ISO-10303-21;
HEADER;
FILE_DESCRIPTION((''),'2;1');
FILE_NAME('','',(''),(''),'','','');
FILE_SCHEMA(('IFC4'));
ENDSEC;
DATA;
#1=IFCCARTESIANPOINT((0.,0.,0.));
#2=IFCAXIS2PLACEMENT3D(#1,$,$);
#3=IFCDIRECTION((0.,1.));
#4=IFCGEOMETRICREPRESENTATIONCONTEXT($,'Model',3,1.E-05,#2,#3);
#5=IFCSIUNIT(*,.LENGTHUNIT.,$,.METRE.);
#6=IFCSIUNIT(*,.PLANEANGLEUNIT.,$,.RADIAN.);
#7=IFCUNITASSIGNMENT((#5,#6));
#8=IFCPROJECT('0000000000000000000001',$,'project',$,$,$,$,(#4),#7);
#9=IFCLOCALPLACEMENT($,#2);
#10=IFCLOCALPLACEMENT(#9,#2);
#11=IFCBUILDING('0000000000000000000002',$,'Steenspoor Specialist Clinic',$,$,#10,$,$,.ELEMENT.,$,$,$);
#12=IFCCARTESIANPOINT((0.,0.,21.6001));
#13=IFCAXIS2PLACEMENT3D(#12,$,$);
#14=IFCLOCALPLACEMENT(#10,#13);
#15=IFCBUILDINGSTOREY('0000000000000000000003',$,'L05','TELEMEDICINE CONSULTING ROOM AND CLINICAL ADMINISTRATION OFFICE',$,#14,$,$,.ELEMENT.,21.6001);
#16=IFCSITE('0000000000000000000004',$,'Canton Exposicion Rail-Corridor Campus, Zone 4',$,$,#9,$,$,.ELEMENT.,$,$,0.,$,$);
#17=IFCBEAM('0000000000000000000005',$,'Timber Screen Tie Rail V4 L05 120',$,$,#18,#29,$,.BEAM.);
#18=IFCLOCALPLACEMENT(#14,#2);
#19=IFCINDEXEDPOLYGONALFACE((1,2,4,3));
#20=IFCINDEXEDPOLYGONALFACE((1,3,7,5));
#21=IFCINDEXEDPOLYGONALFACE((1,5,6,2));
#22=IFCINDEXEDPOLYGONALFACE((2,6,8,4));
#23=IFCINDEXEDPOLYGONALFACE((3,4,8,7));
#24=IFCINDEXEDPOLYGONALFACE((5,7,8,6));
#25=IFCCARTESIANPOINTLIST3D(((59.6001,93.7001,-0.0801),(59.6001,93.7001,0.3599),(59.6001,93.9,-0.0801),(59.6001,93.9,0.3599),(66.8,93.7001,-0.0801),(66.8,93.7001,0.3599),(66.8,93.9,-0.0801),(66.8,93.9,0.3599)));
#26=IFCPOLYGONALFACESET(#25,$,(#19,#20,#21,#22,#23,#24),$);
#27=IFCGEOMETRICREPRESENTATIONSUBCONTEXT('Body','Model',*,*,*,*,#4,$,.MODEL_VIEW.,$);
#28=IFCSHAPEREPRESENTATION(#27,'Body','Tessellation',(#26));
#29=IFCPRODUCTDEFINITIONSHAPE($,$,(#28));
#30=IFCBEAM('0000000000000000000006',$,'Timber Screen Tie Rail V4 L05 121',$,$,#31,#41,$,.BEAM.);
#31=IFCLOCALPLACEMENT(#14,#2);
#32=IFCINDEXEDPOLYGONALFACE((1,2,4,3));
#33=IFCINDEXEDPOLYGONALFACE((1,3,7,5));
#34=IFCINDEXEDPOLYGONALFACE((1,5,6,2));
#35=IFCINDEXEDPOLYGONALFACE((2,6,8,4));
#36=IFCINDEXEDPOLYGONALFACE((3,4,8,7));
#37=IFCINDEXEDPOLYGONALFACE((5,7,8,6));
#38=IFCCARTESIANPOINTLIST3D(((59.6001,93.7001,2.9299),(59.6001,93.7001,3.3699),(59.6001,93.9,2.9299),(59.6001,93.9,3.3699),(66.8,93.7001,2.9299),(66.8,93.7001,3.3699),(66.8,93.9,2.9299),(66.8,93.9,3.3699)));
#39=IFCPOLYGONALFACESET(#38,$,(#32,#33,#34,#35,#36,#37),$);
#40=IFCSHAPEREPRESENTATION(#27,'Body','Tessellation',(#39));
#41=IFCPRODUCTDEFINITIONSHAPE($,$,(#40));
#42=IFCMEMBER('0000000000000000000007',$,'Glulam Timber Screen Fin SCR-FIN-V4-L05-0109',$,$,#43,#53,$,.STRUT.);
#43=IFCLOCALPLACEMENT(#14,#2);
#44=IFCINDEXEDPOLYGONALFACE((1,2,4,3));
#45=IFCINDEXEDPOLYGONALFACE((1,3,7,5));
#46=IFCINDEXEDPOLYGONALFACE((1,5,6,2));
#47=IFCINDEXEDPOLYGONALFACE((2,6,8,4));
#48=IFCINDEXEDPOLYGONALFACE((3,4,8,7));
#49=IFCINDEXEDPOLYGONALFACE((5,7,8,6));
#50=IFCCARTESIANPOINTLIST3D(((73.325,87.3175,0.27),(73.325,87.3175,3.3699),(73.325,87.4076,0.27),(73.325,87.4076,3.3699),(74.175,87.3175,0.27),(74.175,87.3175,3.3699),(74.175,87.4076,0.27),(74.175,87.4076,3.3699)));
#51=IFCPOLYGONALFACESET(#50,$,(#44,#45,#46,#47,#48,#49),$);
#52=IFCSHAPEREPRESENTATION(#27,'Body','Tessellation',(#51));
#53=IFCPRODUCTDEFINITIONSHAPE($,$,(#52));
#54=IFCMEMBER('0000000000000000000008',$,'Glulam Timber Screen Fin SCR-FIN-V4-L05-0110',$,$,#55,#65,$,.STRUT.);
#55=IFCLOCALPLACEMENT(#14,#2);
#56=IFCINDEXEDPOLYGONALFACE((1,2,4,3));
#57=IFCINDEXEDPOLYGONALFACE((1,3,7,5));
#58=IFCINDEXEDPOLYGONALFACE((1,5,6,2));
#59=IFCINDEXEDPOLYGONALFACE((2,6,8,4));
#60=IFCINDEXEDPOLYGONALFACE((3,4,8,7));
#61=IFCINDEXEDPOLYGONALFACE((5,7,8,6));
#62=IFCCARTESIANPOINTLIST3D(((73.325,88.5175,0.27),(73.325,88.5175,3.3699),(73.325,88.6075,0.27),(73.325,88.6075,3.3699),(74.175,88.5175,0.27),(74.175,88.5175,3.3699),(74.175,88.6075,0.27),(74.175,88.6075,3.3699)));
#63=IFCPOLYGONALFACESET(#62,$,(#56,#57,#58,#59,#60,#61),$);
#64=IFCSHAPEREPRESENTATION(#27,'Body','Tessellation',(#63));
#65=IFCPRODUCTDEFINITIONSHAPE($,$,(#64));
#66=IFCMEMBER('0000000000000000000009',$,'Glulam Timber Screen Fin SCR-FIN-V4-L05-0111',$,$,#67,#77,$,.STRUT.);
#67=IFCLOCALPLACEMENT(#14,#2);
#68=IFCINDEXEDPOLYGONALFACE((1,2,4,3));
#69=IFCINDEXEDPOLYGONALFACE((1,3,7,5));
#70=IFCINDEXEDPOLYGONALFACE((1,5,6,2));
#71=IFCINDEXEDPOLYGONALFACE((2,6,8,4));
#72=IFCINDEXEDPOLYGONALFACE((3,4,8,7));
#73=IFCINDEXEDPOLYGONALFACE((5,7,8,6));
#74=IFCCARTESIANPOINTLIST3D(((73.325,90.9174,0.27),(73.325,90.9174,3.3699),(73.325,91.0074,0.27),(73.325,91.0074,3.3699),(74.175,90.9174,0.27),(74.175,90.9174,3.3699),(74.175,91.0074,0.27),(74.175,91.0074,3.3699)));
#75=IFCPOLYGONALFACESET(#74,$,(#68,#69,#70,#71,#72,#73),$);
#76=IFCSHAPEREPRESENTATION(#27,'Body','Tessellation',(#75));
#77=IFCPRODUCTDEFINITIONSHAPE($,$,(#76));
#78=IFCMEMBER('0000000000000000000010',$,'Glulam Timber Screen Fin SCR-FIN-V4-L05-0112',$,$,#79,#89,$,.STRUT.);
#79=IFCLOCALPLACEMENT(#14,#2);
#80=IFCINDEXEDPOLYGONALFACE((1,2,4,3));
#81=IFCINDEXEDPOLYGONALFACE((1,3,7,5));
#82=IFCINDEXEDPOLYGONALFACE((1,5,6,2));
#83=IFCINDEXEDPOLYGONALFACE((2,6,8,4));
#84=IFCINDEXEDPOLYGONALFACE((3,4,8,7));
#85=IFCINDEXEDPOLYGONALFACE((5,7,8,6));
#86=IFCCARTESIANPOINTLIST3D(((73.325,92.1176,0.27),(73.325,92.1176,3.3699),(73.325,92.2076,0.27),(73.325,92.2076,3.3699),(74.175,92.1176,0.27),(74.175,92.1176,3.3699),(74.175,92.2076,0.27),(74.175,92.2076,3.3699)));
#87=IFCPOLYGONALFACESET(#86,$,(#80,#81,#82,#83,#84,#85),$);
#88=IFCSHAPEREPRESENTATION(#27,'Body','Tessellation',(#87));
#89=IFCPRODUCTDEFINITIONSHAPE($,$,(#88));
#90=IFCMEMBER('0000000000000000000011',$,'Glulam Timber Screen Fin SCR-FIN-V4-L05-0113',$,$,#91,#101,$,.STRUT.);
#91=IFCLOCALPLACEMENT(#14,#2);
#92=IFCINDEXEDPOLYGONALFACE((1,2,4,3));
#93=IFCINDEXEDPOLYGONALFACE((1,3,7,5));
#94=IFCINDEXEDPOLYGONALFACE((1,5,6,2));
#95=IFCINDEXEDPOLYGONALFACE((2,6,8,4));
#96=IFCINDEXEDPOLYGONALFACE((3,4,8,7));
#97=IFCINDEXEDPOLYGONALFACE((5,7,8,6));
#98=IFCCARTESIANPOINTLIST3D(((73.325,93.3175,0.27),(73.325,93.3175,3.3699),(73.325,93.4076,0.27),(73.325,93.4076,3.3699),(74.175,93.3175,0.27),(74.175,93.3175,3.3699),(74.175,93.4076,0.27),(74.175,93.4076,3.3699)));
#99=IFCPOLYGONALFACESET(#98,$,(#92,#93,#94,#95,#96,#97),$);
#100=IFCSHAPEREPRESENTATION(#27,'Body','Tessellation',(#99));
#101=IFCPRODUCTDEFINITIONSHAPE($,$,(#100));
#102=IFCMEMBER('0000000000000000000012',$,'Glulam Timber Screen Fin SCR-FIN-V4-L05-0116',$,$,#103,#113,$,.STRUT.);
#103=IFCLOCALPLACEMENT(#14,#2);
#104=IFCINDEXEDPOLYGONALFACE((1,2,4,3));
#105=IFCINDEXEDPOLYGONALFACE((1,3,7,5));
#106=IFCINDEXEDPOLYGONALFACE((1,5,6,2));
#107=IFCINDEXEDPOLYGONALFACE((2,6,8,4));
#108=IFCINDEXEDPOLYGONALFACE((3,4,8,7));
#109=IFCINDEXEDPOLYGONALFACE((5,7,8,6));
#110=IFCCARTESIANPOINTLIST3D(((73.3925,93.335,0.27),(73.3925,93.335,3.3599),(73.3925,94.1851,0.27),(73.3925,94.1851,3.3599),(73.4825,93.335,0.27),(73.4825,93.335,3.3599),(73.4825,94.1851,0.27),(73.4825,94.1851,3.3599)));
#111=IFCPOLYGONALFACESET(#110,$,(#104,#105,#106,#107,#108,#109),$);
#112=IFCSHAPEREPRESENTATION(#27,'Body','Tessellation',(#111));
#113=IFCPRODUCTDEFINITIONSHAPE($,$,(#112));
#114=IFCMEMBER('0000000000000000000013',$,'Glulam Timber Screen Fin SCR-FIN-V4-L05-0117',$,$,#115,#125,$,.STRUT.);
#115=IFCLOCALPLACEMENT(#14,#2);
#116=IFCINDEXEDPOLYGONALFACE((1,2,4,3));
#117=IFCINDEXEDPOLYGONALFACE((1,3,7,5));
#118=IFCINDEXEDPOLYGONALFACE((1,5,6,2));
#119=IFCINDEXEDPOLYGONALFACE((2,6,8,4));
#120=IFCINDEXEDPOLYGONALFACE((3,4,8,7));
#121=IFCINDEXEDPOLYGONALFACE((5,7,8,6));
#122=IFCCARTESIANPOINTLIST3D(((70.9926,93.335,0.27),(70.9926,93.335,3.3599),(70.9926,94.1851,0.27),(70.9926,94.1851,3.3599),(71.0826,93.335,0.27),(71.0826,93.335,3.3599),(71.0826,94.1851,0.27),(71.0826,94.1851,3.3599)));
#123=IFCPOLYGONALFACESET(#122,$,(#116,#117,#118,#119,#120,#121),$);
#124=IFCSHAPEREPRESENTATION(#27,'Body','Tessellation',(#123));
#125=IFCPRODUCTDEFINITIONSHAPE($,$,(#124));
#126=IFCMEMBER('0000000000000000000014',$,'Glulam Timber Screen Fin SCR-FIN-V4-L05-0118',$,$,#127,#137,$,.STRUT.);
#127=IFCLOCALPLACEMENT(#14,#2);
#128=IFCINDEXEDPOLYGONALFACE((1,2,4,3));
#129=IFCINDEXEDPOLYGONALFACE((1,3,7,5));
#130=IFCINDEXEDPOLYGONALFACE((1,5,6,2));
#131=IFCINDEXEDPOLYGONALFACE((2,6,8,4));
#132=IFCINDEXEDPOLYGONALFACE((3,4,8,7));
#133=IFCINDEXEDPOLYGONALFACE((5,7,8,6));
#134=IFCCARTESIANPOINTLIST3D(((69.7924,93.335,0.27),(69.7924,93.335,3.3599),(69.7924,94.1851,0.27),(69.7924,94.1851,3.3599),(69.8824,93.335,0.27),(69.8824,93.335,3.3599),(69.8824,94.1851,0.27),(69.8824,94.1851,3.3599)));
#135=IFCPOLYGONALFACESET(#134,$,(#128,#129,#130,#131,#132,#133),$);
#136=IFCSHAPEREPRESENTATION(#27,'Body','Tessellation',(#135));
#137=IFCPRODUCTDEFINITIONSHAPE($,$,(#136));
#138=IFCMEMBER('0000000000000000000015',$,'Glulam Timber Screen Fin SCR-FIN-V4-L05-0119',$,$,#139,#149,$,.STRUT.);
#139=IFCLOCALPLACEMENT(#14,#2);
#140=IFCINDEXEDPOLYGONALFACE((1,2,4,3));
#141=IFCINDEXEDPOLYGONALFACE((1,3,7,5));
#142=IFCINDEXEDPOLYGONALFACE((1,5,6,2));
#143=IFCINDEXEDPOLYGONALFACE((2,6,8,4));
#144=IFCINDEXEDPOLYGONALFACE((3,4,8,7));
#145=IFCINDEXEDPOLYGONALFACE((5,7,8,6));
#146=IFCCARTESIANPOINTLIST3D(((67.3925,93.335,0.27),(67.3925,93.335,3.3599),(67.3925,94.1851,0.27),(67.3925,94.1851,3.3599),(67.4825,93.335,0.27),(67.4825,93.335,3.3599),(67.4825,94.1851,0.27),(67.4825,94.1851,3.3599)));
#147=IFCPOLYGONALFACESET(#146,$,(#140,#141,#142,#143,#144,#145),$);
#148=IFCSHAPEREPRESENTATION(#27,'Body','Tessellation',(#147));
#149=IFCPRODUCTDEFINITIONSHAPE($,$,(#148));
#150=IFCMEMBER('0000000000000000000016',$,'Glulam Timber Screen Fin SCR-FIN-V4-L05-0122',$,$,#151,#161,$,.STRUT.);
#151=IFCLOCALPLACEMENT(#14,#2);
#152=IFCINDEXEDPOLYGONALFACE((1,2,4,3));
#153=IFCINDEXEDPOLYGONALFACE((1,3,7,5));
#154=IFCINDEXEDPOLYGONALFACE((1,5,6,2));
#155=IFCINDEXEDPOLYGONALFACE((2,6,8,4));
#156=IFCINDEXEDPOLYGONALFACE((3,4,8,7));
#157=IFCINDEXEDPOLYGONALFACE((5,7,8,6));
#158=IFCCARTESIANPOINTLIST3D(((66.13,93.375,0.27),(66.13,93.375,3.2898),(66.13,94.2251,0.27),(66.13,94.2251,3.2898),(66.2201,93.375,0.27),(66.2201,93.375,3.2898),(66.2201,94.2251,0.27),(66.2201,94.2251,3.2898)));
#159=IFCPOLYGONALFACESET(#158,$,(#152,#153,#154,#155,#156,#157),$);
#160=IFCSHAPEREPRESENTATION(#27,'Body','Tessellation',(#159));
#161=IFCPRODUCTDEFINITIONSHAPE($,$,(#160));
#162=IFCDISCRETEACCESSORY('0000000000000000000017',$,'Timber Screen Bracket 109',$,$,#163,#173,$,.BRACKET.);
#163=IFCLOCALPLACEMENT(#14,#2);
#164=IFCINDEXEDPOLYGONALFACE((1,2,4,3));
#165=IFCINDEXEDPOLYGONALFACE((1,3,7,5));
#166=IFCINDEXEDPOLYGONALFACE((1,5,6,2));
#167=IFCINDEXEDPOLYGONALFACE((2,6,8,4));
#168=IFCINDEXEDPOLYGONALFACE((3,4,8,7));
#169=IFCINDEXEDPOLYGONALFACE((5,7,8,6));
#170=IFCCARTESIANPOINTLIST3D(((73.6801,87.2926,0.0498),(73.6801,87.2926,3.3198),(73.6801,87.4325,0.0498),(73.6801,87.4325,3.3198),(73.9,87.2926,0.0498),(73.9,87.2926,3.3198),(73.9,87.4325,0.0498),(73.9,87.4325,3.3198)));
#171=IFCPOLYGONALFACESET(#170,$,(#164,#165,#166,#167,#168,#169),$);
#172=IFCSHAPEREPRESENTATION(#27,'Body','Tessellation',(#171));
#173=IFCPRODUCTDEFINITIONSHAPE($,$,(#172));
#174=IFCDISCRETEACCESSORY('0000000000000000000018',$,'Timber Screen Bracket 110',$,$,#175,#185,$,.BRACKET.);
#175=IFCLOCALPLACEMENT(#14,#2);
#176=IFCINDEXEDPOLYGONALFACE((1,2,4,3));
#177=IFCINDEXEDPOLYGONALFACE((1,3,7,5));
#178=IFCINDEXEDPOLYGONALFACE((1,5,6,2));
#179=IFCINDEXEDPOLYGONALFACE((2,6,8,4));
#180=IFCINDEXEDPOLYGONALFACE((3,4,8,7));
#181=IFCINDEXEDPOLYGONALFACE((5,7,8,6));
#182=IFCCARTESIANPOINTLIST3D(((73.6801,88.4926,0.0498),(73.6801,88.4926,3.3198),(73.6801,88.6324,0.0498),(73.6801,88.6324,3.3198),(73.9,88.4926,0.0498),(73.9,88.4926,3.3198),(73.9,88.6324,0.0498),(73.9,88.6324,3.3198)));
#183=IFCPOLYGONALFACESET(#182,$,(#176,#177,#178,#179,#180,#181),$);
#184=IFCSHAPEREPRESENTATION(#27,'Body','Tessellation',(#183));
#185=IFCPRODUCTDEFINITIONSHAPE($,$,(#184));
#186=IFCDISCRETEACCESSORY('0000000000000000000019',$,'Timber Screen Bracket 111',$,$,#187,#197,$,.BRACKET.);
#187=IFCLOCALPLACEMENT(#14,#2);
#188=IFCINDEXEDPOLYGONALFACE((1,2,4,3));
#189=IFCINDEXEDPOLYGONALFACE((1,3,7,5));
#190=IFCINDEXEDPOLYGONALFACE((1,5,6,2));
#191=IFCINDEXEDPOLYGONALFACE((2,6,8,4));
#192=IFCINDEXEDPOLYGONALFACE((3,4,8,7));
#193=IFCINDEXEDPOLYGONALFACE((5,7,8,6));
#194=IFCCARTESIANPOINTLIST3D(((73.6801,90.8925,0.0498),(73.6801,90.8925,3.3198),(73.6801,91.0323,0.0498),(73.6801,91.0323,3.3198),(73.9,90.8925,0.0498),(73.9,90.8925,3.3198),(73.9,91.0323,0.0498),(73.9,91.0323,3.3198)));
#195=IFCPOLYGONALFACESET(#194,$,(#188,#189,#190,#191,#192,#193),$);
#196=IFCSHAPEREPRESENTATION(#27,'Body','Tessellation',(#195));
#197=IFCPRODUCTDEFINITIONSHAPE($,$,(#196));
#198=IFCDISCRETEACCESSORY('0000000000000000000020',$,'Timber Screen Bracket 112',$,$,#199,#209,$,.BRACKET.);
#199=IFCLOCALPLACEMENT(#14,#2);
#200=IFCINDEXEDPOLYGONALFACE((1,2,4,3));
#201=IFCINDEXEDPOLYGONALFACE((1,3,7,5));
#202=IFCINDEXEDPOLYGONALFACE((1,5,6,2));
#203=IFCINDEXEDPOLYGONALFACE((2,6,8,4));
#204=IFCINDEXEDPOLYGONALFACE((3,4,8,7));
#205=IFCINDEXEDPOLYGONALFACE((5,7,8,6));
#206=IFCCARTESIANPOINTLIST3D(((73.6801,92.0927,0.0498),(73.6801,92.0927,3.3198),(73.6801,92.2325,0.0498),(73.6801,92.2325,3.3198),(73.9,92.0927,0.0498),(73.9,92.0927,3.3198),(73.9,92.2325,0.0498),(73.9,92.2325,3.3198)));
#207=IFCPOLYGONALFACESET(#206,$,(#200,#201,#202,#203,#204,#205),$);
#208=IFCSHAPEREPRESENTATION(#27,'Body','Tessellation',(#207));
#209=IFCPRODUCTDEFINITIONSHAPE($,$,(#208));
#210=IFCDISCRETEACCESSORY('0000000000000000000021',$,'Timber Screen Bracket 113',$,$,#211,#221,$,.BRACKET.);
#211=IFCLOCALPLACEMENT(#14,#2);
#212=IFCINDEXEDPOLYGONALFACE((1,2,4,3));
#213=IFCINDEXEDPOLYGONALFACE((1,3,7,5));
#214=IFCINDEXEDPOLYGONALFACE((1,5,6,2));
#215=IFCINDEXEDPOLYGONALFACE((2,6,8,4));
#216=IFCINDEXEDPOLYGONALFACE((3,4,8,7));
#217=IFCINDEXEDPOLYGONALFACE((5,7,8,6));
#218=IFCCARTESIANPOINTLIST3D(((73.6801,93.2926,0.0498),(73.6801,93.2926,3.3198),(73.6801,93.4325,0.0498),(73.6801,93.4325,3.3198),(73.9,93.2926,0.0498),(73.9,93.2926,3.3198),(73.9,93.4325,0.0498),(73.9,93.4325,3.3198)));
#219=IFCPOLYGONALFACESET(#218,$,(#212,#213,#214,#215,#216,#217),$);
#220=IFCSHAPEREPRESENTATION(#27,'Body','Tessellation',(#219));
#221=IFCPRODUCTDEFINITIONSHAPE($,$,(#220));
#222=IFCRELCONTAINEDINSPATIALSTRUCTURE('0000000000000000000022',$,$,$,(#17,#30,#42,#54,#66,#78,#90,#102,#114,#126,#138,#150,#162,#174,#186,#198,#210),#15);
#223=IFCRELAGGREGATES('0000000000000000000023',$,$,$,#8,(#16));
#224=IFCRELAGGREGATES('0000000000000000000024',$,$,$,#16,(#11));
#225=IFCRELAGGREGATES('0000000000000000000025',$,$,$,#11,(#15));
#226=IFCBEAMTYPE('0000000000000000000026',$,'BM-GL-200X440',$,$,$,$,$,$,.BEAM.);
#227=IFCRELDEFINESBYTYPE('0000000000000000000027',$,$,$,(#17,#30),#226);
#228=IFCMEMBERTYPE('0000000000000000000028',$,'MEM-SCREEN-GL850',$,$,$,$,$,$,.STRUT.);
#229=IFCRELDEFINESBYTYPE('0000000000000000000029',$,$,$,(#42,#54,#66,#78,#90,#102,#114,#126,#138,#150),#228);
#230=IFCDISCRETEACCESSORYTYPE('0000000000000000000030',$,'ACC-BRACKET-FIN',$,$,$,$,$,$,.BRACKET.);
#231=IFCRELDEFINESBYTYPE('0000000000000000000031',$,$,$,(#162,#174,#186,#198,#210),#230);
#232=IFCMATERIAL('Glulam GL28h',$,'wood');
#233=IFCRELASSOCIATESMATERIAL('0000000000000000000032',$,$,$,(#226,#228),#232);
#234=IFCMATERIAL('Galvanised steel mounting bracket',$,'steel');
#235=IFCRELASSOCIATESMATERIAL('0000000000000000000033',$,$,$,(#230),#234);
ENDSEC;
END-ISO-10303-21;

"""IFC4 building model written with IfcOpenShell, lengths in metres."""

from ifc_helpers import new_model, si_unit, direction, frame, origin, origin_2d, place, context, subcontext, project, spatial, rectangle, extrude, material, material_profile, profile_set, type_object, element, save


model = new_model("IFC4")

# Units and contexts
model_context = context("Model", 3, precision=1e-05, world=origin(), true_north=direction((0.0, 1.0)))
body_context = subcontext(model_context, "Body", "Model", "MODEL_VIEW")
ifc_project = project(units=[si_unit("LENGTHUNIT", "METRE"), si_unit("PLANEANGLEUNIT", "RADIAN")], contexts=[model_context])

# Site, building, storey
site_placement = place(None, origin())
site = spatial("IfcSite", under=ifc_project, at=site_placement, Name="Canton Exposicion Rail-Corridor Campus, Zone 4", CompositionType="ELEMENT", RefElevation=0.0)
building_placement = place(site_placement, origin())
building = spatial("IfcBuilding", under=site, at=building_placement, Name="Steenspoor Specialist Clinic", CompositionType="ELEMENT")
storey_placement = place(building_placement, frame((0.0, 0.0, 21.6001)))
storey = spatial("IfcBuildingStorey", under=building, at=storey_placement, Name="L05", Description="TELEMEDICINE CONSULTING ROOM AND CLINICAL ADMINISTRATION OFFICE", CompositionType="ELEMENT", Elevation=21.6001)

# Beams
ifc_material_1 = material(Name="Glulam GL28h", Category="wood")
ifc_material_profile_1 = material_profile(ifc_material_1, rectangle(XDim=0.2, YDim=0.4399, at=origin_2d()), Name="GL28H-200X440")
ifc_profile_set_1 = profile_set([ifc_material_profile_1], Name="Glulam GL28h")
beam_type = type_object("IfcBeamType", Name="BM-GL-200X440", PredefinedType="BEAM", material=ifc_profile_set_1)
for number, where, z_axis, x_axis, name in (
    (1, (66.8, 93.8, 0.1399), (-1.0, 0.0, 0.0), (0.0, -1.0, 0.0), "Timber Screen Tie Rail V4 L05 120"),
    (2, (66.8, 93.8, 3.1499), (-1.0, 0.0, 0.0), (0.0, -1.0, 0.0), "Timber Screen Tie Rail V4 L05 121"),
):
    element("IfcBeam", number, at=place(storey_placement, frame(where, z_axis=z_axis, x_axis=x_axis)), inside=storey, type_object=beam_type, Name=name, PredefinedType="BEAM", context=body_context, shape_type="SweptSolid", body=[
        extrude(rectangle(XDim=0.2, YDim=0.4399, at=origin_2d()), origin(), (0.0, 0.0, 1.0), 7.2),
    ])

# Members
ifc_material_profile_2 = material_profile(ifc_material_1, rectangle(XDim=0.0901, YDim=0.8501, at=origin_2d()), Name="GL28H-90X850")
ifc_profile_set_2 = profile_set([ifc_material_profile_2], Name="Glulam GL28h")
member_type = type_object("IfcMemberType", Name="MEM-SCREEN-GL850", PredefinedType="STRUT", material=ifc_profile_set_2)
for number, where, z_axis, x_axis, name in (
    (3, (73.75, 87.3625, 0.27), (0.0, 0.0, 1.0), (0.0, 1.0, 0.0), "Glulam Timber Screen Fin SCR-FIN-V4-L05-0109"),
    (4, (73.75, 88.5625, 0.27), (0.0, 0.0, 1.0), (0.0, 1.0, 0.0), "Glulam Timber Screen Fin SCR-FIN-V4-L05-0110"),
    (5, (73.75, 90.9624, 0.27), (0.0, 0.0, 1.0), (0.0, 1.0, 0.0), "Glulam Timber Screen Fin SCR-FIN-V4-L05-0111"),
    (6, (73.75, 92.1626, 0.27), (0.0, 0.0, 1.0), (0.0, 1.0, 0.0), "Glulam Timber Screen Fin SCR-FIN-V4-L05-0112"),
    (7, (73.75, 93.3625, 0.27), (0.0, 0.0, 1.0), (0.0, 1.0, 0.0), "Glulam Timber Screen Fin SCR-FIN-V4-L05-0113"),
):
    element("IfcMember", number, at=place(storey_placement, frame(where, z_axis=z_axis, x_axis=x_axis)), inside=storey, type_object=member_type, Name=name, PredefinedType="STRUT", context=body_context, shape_type="SweptSolid", body=[
        extrude(rectangle(XDim=0.0901, YDim=0.8501, at=origin_2d()), origin(), (0.0, 0.0, 1.0), 3.0999),
    ])
for number, where, z_axis, x_axis, name in (
    (8, (73.4375, 93.76, 0.27), (0.0, 0.0, 1.0), (-1.0, 0.0, 0.0), "Glulam Timber Screen Fin SCR-FIN-V4-L05-0116"),
    (9, (71.0376, 93.76, 0.27), (0.0, 0.0, 1.0), (-1.0, 0.0, 0.0), "Glulam Timber Screen Fin SCR-FIN-V4-L05-0117"),
    (10, (69.8374, 93.76, 0.27), (0.0, 0.0, 1.0), (-1.0, 0.0, 0.0), "Glulam Timber Screen Fin SCR-FIN-V4-L05-0118"),
    (11, (67.4375, 93.76, 0.27), (0.0, 0.0, 1.0), (-1.0, 0.0, 0.0), "Glulam Timber Screen Fin SCR-FIN-V4-L05-0119"),
):
    element("IfcMember", number, at=place(storey_placement, frame(where, z_axis=z_axis, x_axis=x_axis)), inside=storey, type_object=member_type, Name=name, PredefinedType="STRUT", context=body_context, shape_type="SweptSolid", body=[
        extrude(rectangle(XDim=0.0901, YDim=0.8501, at=origin_2d()), origin(), (0.0, 0.0, 1.0), 3.0898),
    ])
member_placement = place(storey_placement, frame((66.175, 93.8, 0.27), z_axis=(0.0, 0.0, 1.0), x_axis=(-1.0, 0.0, 0.0)))
element("IfcMember", 12, at=member_placement, inside=storey, type_object=member_type, Name="Glulam Timber Screen Fin SCR-FIN-V4-L05-0122", PredefinedType="STRUT", context=body_context, shape_type="SweptSolid", body=[
    extrude(rectangle(XDim=0.0901, YDim=0.8501, at=origin_2d()), origin(), (0.0, 0.0, 1.0), 3.0198),
])

# Discrete accessories
ifc_material_2 = material(Name="Galvanised steel mounting bracket", Category="steel")
discrete_accessory_type = type_object("IfcDiscreteAccessoryType", Name="ACC-BRACKET-FIN", PredefinedType="BRACKET", material=ifc_material_2)
for number, where, z_axis, x_axis, name in (
    (13, (73.79, 87.3625, 0.0498), (0.0, 0.0, 1.0), (-1.0, 0.0, 0.0), "Timber Screen Bracket 109"),
    (14, (73.79, 88.5625, 0.0498), (0.0, 0.0, 1.0), (-1.0, 0.0, 0.0), "Timber Screen Bracket 110"),
    (15, (73.79, 90.9624, 0.0498), (0.0, 0.0, 1.0), (-1.0, 0.0, 0.0), "Timber Screen Bracket 111"),
    (16, (73.79, 92.1626, 0.0498), (0.0, 0.0, 1.0), (-1.0, 0.0, 0.0), "Timber Screen Bracket 112"),
    (17, (73.79, 93.3625, 0.0498), (0.0, 0.0, 1.0), (-1.0, 0.0, 0.0), "Timber Screen Bracket 113"),
):
    element("IfcDiscreteAccessory", number, at=place(storey_placement, frame(where, z_axis=z_axis, x_axis=x_axis)), inside=storey, type_object=discrete_accessory_type, Name=name, PredefinedType="BRACKET", context=body_context, shape_type="SweptSolid", body=[
        extrude(rectangle(XDim=0.22, YDim=0.1399, at=origin_2d()), origin(), (0.0, 0.0, 1.0), 3.27),
    ])

save(model, "model.ifc")
